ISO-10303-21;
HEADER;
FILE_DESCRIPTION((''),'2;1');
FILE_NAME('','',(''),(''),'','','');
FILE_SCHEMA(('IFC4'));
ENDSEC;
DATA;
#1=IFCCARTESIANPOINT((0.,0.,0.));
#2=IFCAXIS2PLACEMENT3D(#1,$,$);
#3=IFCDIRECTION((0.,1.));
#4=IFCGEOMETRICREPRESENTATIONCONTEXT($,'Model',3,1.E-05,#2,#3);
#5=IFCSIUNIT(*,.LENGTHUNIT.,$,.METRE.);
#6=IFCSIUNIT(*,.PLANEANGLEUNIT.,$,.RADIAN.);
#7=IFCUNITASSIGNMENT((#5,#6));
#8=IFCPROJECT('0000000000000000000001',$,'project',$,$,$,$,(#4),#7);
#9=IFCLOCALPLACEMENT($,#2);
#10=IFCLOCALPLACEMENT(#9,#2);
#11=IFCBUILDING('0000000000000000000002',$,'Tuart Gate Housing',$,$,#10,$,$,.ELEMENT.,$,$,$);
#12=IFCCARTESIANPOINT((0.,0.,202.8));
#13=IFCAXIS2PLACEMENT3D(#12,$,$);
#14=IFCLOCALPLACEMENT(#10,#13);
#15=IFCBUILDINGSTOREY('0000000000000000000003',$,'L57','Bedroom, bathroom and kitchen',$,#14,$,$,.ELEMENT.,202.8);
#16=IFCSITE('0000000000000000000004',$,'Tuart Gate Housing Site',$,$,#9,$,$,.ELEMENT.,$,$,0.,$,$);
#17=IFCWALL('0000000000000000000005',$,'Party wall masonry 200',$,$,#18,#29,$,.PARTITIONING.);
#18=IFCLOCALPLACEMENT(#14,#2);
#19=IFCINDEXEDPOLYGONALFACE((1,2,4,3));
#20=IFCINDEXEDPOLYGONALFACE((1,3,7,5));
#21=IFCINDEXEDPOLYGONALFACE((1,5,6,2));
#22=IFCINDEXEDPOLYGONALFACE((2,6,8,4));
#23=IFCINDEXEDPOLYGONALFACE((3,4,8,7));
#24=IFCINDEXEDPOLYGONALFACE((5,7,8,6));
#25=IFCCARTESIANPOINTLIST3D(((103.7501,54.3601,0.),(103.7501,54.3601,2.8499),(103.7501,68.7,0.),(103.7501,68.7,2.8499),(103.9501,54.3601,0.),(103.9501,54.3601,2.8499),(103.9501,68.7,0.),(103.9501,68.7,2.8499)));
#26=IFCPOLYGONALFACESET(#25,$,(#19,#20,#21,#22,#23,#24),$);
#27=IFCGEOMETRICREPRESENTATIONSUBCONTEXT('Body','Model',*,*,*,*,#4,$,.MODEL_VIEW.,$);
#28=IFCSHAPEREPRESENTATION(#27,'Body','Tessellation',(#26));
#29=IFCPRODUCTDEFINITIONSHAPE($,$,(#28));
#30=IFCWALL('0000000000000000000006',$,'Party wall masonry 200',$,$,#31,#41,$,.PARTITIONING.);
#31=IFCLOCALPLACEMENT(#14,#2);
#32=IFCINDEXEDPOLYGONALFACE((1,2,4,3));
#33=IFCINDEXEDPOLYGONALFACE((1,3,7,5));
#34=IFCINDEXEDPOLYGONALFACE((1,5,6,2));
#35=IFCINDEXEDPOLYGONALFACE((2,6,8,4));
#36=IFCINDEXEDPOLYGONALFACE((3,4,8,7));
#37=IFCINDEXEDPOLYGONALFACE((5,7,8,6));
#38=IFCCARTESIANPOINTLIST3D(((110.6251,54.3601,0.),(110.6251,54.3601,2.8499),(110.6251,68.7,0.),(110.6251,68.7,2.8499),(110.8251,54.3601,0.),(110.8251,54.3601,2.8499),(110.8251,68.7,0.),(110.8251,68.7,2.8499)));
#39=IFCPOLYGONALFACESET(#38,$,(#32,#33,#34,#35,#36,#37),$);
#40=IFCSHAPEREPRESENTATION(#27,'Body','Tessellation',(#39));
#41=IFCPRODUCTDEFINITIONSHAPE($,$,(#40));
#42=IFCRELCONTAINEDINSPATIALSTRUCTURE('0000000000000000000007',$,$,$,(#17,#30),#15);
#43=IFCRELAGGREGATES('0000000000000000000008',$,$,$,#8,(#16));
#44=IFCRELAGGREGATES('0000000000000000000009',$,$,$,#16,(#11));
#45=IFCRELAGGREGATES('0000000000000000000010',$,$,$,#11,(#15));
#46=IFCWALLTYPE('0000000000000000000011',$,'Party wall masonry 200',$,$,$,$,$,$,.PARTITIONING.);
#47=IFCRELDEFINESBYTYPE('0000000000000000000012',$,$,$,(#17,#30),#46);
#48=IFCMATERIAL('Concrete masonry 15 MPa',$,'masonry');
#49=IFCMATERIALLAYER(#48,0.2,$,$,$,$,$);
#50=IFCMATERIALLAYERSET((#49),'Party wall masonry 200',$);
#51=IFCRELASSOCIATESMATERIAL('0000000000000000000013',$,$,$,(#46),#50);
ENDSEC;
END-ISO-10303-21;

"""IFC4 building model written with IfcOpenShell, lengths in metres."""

from ifc_helpers import new_model, si_unit, direction, frame, frame_2d, origin, place, context, subcontext, project, spatial, rectangle, extrude, material, layer, layer_set, type_object, element, save


model = new_model("IFC4")

# Units and contexts
model_context = context("Model", 3, precision=1e-05, world=origin(), true_north=direction((0.0, 1.0)))
body_context = subcontext(model_context, "Body", "Model", "MODEL_VIEW")
ifc_project = project(units=[si_unit("LENGTHUNIT", "METRE"), si_unit("PLANEANGLEUNIT", "RADIAN")], contexts=[model_context])

# Site, building, storey
site_placement = place(None, origin())
site = spatial("IfcSite", under=ifc_project, at=site_placement, Name="Tuart Gate Housing Site", CompositionType="ELEMENT", RefElevation=0.0)
building_placement = place(site_placement, origin())
building = spatial("IfcBuilding", under=site, at=building_placement, Name="Tuart Gate Housing", CompositionType="ELEMENT")
storey_placement = place(building_placement, frame((0.0, 0.0, 202.8)))
storey = spatial("IfcBuildingStorey", under=building, at=storey_placement, Name="L57", Description="Bedroom, bathroom and kitchen", CompositionType="ELEMENT", Elevation=202.8)

# Walls
ifc_material_1 = material(Name="Concrete masonry 15 MPa", Category="masonry")
ifc_layer_1 = layer(ifc_material_1, 0.2)
ifc_layer_set_1 = layer_set([ifc_layer_1], Name="Party wall masonry 200")
wall_type_1 = type_object("IfcWallType", Name="Party wall masonry 200", PredefinedType="PARTITIONING", material=ifc_layer_set_1)
for number, where, z_axis, x_axis, name in (
    (1, (103.8501, 54.3601, 0.0), (0.0, 0.0, 1.0), (0.0, 1.0, 0.0), "Party wall masonry 200"),
    (2, (110.7251, 54.3601, 0.0), (0.0, 0.0, 1.0), (0.0, 1.0, 0.0), "Party wall masonry 200"),
):
    element("IfcWall", number, at=place(storey_placement, frame(where, z_axis=z_axis, x_axis=x_axis)), inside=storey, type_object=wall_type_1, Name=name, PredefinedType="PARTITIONING", context=body_context, shape_type="SweptSolid", body=[
        extrude(rectangle(XDim=14.3398, YDim=0.2, at=frame_2d((7.1699, 0.0))), origin(), (0.0, 0.0, 1.0), 2.8499),
    ])

save(model, "model.ifc")
